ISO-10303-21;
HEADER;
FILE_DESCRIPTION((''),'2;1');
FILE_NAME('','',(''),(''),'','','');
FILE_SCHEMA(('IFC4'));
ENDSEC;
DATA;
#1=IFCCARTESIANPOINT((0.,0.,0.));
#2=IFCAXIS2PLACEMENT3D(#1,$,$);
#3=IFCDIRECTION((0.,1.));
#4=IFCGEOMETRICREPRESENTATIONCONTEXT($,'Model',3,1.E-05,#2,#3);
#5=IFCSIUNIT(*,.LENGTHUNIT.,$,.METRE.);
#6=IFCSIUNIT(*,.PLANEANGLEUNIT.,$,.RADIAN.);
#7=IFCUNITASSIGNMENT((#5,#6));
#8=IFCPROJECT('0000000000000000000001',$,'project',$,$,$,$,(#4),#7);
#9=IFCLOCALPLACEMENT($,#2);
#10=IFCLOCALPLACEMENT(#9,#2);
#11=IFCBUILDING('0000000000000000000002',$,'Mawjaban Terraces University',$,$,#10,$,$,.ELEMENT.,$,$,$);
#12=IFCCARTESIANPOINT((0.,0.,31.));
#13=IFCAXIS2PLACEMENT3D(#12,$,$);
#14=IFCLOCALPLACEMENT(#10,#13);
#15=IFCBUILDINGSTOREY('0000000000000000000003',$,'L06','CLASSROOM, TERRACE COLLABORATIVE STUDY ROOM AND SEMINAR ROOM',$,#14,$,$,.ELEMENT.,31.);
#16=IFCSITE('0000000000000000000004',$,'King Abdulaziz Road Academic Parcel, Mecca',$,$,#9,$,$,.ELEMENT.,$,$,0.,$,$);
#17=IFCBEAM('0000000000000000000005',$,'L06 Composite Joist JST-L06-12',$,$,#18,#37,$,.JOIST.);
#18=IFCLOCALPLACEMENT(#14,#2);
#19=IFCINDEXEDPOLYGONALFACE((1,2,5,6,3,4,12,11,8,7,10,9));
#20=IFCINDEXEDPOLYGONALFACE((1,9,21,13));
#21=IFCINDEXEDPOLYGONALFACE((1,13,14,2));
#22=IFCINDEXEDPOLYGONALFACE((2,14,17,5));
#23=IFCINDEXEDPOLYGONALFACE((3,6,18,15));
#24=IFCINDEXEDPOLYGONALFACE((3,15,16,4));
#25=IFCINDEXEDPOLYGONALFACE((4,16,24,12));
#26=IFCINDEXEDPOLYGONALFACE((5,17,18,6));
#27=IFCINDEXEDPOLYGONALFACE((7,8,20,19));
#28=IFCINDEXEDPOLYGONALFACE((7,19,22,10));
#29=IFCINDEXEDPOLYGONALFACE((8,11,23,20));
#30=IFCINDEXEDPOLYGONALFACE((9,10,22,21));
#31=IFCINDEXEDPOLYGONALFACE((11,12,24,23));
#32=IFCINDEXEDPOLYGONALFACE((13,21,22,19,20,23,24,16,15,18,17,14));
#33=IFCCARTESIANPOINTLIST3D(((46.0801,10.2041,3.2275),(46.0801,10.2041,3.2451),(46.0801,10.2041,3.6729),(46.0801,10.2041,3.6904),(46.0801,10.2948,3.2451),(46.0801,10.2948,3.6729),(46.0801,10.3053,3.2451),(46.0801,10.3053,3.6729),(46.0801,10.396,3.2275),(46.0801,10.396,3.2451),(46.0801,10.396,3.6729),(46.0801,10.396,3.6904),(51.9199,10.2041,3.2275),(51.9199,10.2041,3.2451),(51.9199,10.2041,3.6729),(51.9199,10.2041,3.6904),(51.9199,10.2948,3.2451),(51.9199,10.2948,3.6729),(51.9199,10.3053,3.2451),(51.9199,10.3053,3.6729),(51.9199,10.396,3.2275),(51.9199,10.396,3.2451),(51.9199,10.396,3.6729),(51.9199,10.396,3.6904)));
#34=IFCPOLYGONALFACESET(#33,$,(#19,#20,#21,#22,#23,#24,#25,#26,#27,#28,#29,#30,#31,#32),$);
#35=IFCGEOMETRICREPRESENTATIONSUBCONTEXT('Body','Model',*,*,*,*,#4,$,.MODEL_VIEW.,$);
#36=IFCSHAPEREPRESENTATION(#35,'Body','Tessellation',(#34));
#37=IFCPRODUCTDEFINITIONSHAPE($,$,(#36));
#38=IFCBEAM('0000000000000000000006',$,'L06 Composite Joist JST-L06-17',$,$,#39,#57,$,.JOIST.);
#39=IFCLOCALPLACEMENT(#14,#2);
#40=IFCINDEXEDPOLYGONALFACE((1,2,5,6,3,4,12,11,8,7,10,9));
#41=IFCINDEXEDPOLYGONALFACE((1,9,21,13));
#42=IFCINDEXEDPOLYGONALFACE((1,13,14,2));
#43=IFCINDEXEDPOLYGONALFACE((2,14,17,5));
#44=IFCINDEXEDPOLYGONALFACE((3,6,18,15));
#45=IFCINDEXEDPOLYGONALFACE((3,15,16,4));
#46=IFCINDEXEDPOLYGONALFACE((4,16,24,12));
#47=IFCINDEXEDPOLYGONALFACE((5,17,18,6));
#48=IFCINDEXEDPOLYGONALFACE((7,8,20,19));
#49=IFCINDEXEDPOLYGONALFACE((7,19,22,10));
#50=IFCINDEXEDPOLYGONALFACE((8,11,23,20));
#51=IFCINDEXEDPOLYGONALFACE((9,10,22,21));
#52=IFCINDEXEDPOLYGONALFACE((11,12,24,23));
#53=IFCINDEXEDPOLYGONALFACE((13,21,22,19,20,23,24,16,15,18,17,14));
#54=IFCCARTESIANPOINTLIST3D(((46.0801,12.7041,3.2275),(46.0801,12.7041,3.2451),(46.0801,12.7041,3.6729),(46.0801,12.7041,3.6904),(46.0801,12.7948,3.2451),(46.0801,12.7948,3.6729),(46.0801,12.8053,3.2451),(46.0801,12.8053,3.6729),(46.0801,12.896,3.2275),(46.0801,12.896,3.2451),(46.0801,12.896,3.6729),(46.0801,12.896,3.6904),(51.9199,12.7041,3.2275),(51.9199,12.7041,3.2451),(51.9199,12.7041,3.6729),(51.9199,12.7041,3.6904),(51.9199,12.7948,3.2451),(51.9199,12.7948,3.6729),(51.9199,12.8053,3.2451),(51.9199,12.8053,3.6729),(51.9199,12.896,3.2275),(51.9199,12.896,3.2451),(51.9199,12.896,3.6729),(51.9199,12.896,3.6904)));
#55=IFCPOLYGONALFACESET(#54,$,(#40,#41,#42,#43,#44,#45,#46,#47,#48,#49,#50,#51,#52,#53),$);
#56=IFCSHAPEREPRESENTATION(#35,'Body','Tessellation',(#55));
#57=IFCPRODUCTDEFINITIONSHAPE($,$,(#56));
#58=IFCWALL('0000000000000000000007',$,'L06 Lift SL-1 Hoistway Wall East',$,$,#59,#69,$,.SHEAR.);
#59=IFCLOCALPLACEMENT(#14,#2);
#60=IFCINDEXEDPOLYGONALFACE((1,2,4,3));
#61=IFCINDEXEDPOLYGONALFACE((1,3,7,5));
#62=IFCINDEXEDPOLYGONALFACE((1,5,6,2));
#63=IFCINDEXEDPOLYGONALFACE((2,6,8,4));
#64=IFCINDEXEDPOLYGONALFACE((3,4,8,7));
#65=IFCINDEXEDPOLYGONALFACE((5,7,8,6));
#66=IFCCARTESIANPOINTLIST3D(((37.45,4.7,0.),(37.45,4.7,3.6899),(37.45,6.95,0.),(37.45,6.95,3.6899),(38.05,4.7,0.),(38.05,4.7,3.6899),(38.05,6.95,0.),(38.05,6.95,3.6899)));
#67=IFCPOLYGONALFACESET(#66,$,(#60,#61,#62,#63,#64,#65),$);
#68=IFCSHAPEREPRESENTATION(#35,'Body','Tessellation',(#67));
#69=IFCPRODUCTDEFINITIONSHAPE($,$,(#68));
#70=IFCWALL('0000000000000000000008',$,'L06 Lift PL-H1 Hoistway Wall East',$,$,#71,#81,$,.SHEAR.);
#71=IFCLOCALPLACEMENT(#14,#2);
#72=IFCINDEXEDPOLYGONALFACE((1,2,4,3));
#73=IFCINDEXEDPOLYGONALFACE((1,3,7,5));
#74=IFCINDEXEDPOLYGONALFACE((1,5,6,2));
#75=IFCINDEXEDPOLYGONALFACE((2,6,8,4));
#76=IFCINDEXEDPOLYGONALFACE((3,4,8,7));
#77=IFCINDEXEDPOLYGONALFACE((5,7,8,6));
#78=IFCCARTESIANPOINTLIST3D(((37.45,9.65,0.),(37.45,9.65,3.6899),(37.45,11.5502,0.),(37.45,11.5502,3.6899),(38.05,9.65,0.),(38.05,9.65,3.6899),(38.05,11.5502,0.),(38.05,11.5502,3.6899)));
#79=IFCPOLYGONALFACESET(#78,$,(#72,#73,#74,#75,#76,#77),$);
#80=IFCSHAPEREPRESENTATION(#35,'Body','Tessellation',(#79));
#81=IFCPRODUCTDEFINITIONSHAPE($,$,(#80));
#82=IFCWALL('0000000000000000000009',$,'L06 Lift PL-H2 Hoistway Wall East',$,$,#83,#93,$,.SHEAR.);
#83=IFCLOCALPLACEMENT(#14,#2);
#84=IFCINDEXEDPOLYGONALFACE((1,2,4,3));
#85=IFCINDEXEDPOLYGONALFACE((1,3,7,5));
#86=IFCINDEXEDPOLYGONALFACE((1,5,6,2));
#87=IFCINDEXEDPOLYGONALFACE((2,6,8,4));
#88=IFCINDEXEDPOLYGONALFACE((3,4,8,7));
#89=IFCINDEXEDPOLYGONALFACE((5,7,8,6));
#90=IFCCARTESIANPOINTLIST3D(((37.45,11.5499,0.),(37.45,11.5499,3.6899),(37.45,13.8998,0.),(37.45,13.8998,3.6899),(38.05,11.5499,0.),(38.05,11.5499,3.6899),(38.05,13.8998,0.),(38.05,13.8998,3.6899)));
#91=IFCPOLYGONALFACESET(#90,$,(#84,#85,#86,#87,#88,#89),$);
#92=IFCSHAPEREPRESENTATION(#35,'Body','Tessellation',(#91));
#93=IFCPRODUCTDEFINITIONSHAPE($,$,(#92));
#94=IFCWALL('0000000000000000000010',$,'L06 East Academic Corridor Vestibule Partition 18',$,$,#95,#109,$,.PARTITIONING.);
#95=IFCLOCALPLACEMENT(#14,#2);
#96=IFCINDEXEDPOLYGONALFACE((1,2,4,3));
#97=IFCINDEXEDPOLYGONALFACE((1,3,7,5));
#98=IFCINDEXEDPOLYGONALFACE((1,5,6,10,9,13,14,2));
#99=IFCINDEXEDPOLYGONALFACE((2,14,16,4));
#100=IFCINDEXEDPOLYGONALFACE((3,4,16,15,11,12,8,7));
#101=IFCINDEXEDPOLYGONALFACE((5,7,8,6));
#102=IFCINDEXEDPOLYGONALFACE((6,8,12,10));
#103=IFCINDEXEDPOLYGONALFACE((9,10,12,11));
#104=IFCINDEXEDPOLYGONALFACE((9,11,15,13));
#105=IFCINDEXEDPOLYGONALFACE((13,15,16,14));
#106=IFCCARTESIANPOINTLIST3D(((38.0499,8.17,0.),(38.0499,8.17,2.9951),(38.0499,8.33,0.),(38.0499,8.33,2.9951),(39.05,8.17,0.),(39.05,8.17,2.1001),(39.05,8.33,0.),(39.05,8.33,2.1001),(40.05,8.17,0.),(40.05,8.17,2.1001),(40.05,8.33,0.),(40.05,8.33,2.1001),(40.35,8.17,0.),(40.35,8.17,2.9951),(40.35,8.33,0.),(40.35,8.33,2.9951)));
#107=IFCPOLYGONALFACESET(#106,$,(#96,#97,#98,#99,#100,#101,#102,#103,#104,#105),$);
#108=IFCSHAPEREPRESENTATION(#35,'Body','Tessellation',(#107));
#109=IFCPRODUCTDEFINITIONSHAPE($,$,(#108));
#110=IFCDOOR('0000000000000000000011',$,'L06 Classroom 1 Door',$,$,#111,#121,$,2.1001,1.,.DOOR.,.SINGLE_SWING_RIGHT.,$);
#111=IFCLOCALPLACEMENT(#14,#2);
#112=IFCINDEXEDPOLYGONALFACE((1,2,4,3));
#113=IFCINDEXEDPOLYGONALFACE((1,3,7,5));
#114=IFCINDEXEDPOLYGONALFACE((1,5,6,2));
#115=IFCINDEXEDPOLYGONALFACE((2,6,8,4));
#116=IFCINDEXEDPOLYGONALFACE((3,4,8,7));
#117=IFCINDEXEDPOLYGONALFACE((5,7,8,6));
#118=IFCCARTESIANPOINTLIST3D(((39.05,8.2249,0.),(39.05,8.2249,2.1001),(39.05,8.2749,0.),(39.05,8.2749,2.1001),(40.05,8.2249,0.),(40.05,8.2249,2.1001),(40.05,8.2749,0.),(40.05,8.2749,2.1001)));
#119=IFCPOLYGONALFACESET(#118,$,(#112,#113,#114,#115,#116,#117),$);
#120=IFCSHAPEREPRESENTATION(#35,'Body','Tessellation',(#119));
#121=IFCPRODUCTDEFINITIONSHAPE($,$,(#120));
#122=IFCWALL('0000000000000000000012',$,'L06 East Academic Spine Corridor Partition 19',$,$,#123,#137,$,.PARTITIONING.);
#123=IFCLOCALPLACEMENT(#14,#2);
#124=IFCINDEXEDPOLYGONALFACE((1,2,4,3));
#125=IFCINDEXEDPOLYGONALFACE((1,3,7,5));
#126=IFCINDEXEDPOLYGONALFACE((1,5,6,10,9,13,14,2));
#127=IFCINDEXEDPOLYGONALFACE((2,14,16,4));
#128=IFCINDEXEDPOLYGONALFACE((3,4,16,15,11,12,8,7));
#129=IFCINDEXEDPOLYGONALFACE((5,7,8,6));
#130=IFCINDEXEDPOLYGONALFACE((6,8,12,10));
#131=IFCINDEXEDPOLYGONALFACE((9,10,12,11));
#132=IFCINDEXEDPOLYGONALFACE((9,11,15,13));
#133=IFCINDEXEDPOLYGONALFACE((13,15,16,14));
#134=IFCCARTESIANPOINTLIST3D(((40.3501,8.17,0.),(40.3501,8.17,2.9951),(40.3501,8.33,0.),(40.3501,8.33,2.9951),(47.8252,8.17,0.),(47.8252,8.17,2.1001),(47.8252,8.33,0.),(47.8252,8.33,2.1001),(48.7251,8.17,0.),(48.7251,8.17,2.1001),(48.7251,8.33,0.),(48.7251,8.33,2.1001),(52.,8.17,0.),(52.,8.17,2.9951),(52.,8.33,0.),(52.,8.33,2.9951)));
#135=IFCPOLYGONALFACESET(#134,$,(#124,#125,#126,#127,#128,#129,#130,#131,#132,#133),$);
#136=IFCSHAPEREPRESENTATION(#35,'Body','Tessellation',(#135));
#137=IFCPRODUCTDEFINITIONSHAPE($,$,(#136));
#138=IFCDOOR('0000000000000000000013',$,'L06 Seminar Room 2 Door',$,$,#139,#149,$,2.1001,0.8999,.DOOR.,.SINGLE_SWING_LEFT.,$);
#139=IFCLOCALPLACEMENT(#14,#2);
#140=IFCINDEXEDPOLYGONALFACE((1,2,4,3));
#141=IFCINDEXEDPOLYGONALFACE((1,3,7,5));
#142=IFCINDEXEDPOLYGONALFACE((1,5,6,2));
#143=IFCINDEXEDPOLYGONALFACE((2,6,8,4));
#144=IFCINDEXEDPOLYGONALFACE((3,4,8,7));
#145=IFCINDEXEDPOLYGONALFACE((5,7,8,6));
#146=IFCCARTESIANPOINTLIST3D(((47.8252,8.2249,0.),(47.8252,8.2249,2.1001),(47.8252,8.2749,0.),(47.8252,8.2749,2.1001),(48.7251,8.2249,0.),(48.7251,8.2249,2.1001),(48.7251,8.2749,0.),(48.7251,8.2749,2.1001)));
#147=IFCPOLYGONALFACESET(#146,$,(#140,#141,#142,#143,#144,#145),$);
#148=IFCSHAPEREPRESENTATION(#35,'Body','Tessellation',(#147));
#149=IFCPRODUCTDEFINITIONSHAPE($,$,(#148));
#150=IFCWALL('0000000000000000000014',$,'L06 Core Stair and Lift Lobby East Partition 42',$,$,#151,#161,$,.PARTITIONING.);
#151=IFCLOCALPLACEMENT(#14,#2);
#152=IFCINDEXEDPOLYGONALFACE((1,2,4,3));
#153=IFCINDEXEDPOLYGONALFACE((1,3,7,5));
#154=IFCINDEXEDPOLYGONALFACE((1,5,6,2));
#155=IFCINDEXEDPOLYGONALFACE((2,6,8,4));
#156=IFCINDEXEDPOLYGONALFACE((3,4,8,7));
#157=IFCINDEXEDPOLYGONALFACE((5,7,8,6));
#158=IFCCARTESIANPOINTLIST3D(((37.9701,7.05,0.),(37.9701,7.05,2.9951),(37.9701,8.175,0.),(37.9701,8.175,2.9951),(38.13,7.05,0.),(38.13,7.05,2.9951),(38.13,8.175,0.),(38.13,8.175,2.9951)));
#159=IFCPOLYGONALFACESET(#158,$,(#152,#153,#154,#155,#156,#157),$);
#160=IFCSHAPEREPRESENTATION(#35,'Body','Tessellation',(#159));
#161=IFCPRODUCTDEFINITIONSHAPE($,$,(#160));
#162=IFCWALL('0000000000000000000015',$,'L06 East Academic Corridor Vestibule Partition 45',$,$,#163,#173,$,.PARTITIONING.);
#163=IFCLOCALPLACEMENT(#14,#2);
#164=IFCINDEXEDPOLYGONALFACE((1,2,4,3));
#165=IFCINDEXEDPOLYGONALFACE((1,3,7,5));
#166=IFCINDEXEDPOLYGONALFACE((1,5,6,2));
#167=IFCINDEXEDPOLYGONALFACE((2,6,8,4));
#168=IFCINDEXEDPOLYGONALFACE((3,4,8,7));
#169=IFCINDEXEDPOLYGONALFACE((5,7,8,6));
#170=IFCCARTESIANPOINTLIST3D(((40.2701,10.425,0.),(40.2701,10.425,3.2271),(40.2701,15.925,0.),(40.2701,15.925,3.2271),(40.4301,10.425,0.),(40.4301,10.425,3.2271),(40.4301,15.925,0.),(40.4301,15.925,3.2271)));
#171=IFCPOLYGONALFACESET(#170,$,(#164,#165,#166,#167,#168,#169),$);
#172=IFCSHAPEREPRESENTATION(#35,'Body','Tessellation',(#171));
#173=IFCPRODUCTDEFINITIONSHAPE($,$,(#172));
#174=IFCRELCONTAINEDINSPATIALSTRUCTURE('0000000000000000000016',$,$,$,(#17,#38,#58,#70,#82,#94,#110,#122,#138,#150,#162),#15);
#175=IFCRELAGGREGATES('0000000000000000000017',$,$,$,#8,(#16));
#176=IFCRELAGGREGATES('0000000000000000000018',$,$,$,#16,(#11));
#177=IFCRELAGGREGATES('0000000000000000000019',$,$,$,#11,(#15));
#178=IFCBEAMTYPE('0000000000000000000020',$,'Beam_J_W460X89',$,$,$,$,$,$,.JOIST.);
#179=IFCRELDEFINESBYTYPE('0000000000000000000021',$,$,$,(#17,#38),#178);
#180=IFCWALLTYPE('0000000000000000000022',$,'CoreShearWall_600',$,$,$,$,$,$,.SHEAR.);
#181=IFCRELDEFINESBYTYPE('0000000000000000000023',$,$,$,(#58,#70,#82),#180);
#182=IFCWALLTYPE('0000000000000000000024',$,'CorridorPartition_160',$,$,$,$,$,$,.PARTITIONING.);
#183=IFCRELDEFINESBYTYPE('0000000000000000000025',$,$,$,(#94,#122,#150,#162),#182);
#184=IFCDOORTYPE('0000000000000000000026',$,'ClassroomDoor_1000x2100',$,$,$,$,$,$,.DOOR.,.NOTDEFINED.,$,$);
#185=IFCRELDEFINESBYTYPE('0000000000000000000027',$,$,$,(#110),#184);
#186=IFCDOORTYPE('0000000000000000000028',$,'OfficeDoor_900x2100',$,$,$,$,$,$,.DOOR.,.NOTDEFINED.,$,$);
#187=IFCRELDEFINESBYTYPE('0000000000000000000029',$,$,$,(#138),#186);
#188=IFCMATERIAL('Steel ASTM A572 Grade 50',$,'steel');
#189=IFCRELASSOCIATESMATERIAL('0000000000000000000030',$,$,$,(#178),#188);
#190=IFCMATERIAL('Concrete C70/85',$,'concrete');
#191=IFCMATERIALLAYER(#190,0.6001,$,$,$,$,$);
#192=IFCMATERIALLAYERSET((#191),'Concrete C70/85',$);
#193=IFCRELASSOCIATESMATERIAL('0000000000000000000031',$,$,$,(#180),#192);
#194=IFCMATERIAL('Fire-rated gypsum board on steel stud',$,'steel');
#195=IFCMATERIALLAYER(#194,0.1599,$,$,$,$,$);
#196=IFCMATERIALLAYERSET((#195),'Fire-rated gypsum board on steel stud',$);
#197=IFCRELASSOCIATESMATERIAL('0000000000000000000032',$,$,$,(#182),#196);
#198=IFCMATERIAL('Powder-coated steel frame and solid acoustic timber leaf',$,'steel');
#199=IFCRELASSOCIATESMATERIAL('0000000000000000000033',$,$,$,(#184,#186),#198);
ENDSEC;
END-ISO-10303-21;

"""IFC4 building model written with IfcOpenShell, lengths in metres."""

from ifc_helpers import new_model, si_unit, direction, frame, frame_2d, origin, origin_2d, place, context, subcontext, project, spatial, rectangle, i_section, extrude, material, layer, layer_set, material_profile, profile_set, type_object, element, fill, save


model = new_model("IFC4")

# Units and contexts
model_context = context("Model", 3, precision=1e-05, world=origin(), true_north=direction((0.0, 1.0)))
body_context = subcontext(model_context, "Body", "Model", "MODEL_VIEW")
ifc_project = project(units=[si_unit("LENGTHUNIT", "METRE"), si_unit("PLANEANGLEUNIT", "RADIAN")], contexts=[model_context])

# Site, building, storey
site_placement = place(None, origin())
site = spatial("IfcSite", under=ifc_project, at=site_placement, Name="King Abdulaziz Road Academic Parcel, Mecca", CompositionType="ELEMENT", RefElevation=0.0)
building_placement = place(site_placement, origin())
building = spatial("IfcBuilding", under=site, at=building_placement, Name="Mawjaban Terraces University", CompositionType="ELEMENT")
storey_placement = place(building_placement, frame((0.0, 0.0, 31.0)))
storey = spatial("IfcBuildingStorey", under=building, at=storey_placement, Name="L06", Description="CLASSROOM, TERRACE COLLABORATIVE STUDY ROOM AND SEMINAR ROOM", CompositionType="ELEMENT", Elevation=31.0)

# Beams
ifc_material_1 = material(Name="Steel ASTM A572 Grade 50", Category="steel")
ifc_material_profile_1 = material_profile(ifc_material_1, i_section(OverallWidth=0.1919, OverallDepth=0.4629, WebThickness=0.0105, FlangeThickness=0.0176, at=origin_2d()), Name="W460X89")
ifc_profile_set_1 = profile_set([ifc_material_profile_1], Name="Steel ASTM A572 Grade 50")
beam_type_1 = type_object("IfcBeamType", Name="Beam_J_W460X89", PredefinedType="JOIST", material=ifc_profile_set_1)
for number, where, z_axis, x_axis, name in (
    (1, (46.0801, 10.3, 3.459), (1.0, 0.0, 0.0), (0.0, 1.0, 0.0), "L06 Composite Joist JST-L06-12"),
    (2, (46.0801, 12.8, 3.459), (1.0, 0.0, 0.0), (0.0, 1.0, 0.0), "L06 Composite Joist JST-L06-17"),
):
    element("IfcBeam", number, at=place(storey_placement, frame(where, z_axis=z_axis, x_axis=x_axis)), inside=storey, type_object=beam_type_1, Name=name, PredefinedType="JOIST", context=body_context, shape_type="SweptSolid", body=[
        extrude(i_section(OverallWidth=0.1919, OverallDepth=0.4629, WebThickness=0.0105, FlangeThickness=0.0176, at=origin_2d()), origin(), (0.0, 0.0, 1.0), 5.8398),
    ])

# Walls
ifc_material_2 = material(Name="Concrete C70/85", Category="concrete")
ifc_layer_1 = layer(ifc_material_2, 0.6001)
ifc_layer_set_1 = layer_set([ifc_layer_1], Name="Concrete C70/85")
wall_type_1 = type_object("IfcWallType", Name="CoreShearWall_600", PredefinedType="SHEAR", material=ifc_layer_set_1)
wall_1_placement = place(storey_placement, frame((37.75, 4.7, 0.0), z_axis=(0.0, 0.0, 1.0), x_axis=(0.0, 1.0, 0.0)))
element("IfcWall", 3, at=wall_1_placement, inside=storey, type_object=wall_type_1, Name="L06 Lift SL-1 Hoistway Wall East", PredefinedType="SHEAR", context=body_context, shape_type="SweptSolid", body=[
    extrude(rectangle(XDim=2.25, YDim=0.6001, at=frame_2d((1.125, 0.0))), origin(), (0.0, 0.0, 1.0), 3.6899),
])
wall_2_placement = place(storey_placement, frame((37.75, 9.6499, 0.0), z_axis=(0.0, 0.0, 1.0), x_axis=(0.0, 1.0, 0.0)))
element("IfcWall", 4, at=wall_2_placement, inside=storey, type_object=wall_type_1, Name="L06 Lift PL-H1 Hoistway Wall East", PredefinedType="SHEAR", context=body_context, shape_type="SweptSolid", body=[
    extrude(rectangle(XDim=1.9001, YDim=0.6001, at=frame_2d((0.9502, 0.0))), origin(), (0.0, 0.0, 1.0), 3.6899),
])
wall_3_placement = place(storey_placement, frame((37.75, 11.55, 0.0), z_axis=(0.0, 0.0, 1.0), x_axis=(0.0, 1.0, 0.0)))
element("IfcWall", 5, at=wall_3_placement, inside=storey, type_object=wall_type_1, Name="L06 Lift PL-H2 Hoistway Wall East", PredefinedType="SHEAR", context=body_context, shape_type="SweptSolid", body=[
    extrude(rectangle(XDim=2.3499, YDim=0.6001, at=frame_2d((1.1748, 0.0))), origin(), (0.0, 0.0, 1.0), 3.6899),
])

# Walls, openings, doors
ifc_material_3 = material(Name="Fire-rated gypsum board on steel stud", Category="steel")
ifc_layer_2 = layer(ifc_material_3, 0.1599)
ifc_layer_set_2 = layer_set([ifc_layer_2], Name="Fire-rated gypsum board on steel stud")
wall_type_2 = type_object("IfcWallType", Name="CorridorPartition_160", PredefinedType="PARTITIONING", material=ifc_layer_set_2)
wall_4_placement = place(storey_placement, frame((38.05, 8.25, 0.0), z_axis=(0.0, 0.0, 1.0), x_axis=(1.0, 0.0, 0.0)))
wall_4 = element("IfcWall", 6, at=wall_4_placement, inside=storey, type_object=wall_type_2, Name="L06 East Academic Corridor Vestibule Partition 18", PredefinedType="PARTITIONING", context=body_context, shape_type="SweptSolid", body=[
    extrude(rectangle(XDim=2.3, YDim=0.1599, at=frame_2d((1.1499, 0.0))), origin(), (0.0, 0.0, 1.0), 2.9951),
])
opening_1_placement = place(wall_4_placement, frame((1.0, 0.0, 0.0)))
opening_1 = element("IfcOpeningElement", 7, at=opening_1_placement, cuts=wall_4, PredefinedType="OPENING", context=body_context, shape_type="SweptSolid", body=[
    extrude(rectangle(XDim=1.0, YDim=2.1001, at=frame_2d((0.5, 1.05))), frame((0.0, 0.0898, 0.0), z_axis=(0.0, -1.0, 0.0), x_axis=(1.0, 0.0, 0.0)), (0.0, 0.0, 1.0), 0.1799),
])
ifc_material_4 = material(Name="Powder-coated steel frame and solid acoustic timber leaf", Category="steel")
door_type_1 = type_object("IfcDoorType", Name="ClassroomDoor_1000x2100", OperationType="NOTDEFINED", PredefinedType="DOOR", material=ifc_material_4)
door_1_placement = place(opening_1_placement, origin())
door_1 = element("IfcDoor", 8, at=door_1_placement, inside=storey, type_object=door_type_1, Name="L06 Classroom 1 Door", OperationType="SINGLE_SWING_RIGHT", OverallHeight=2.1001, OverallWidth=1.0, PredefinedType="DOOR", context=body_context, shape_type="SweptSolid", body=[
    extrude(rectangle(XDim=1.0, YDim=2.1001, at=frame_2d((0.5, 1.05))), frame((0.0, 0.0249, 0.0), z_axis=(0.0, -1.0, 0.0), x_axis=(1.0, 0.0, 0.0)), (0.0, 0.0, 1.0), 0.05),
])
fill(opening_1, door_1)
wall_5_placement = place(storey_placement, frame((40.3501, 8.25, 0.0), z_axis=(0.0, 0.0, 1.0), x_axis=(1.0, 0.0, 0.0)))
wall_5 = element("IfcWall", 9, at=wall_5_placement, inside=storey, type_object=wall_type_2, Name="L06 East Academic Spine Corridor Partition 19", PredefinedType="PARTITIONING", context=body_context, shape_type="SweptSolid", body=[
    extrude(rectangle(XDim=11.6499, YDim=0.1599, at=frame_2d((5.825, 0.0))), origin(), (0.0, 0.0, 1.0), 2.9951),
])
opening_2_placement = place(wall_5_placement, frame((7.4751, 0.0, 0.0)))
opening_2 = element("IfcOpeningElement", 10, at=opening_2_placement, cuts=wall_5, PredefinedType="OPENING", context=body_context, shape_type="SweptSolid", body=[
    extrude(rectangle(XDim=0.8999, YDim=2.1001, at=frame_2d((0.45, 1.05))), frame((0.0, 0.0898, 0.0), z_axis=(0.0, -1.0, 0.0), x_axis=(1.0, 0.0, 0.0)), (0.0, 0.0, 1.0), 0.1799),
])
door_type_2 = type_object("IfcDoorType", Name="OfficeDoor_900x2100", OperationType="NOTDEFINED", PredefinedType="DOOR", material=ifc_material_4)
door_2_placement = place(opening_2_placement, origin())
door_2 = element("IfcDoor", 11, at=door_2_placement, inside=storey, type_object=door_type_2, Name="L06 Seminar Room 2 Door", OperationType="SINGLE_SWING_LEFT", OverallHeight=2.1001, OverallWidth=0.8999, PredefinedType="DOOR", context=body_context, shape_type="SweptSolid", body=[
    extrude(rectangle(XDim=0.8999, YDim=2.1001, at=frame_2d((0.45, 1.05))), frame((0.0, 0.0249, 0.0), z_axis=(0.0, -1.0, 0.0), x_axis=(1.0, 0.0, 0.0)), (0.0, 0.0, 1.0), 0.05),
])
fill(opening_2, door_2)

# Walls
wall_6_placement = place(storey_placement, frame((38.05, 7.05, 0.0), z_axis=(0.0, 0.0, 1.0), x_axis=(0.0, 1.0, 0.0)))
element("IfcWall", 12, at=wall_6_placement, inside=storey, type_object=wall_type_2, Name="L06 Core Stair and Lift Lobby East Partition 42", PredefinedType="PARTITIONING", context=body_context, shape_type="SweptSolid", body=[
    extrude(rectangle(XDim=1.125, YDim=0.1599, at=frame_2d((0.5625, 0.0))), origin(), (0.0, 0.0, 1.0), 2.9951),
])
wall_7_placement = place(storey_placement, frame((40.3501, 10.425, 0.0), z_axis=(0.0, 0.0, 1.0), x_axis=(0.0, 1.0, 0.0)))
element("IfcWall", 13, at=wall_7_placement, inside=storey, type_object=wall_type_2, Name="L06 East Academic Corridor Vestibule Partition 45", PredefinedType="PARTITIONING", context=body_context, shape_type="SweptSolid", body=[
    extrude(rectangle(XDim=5.5, YDim=0.1599, at=frame_2d((2.75, 0.0))), origin(), (0.0, 0.0, 1.0), 3.2271),
])

save(model, "model.ifc")
